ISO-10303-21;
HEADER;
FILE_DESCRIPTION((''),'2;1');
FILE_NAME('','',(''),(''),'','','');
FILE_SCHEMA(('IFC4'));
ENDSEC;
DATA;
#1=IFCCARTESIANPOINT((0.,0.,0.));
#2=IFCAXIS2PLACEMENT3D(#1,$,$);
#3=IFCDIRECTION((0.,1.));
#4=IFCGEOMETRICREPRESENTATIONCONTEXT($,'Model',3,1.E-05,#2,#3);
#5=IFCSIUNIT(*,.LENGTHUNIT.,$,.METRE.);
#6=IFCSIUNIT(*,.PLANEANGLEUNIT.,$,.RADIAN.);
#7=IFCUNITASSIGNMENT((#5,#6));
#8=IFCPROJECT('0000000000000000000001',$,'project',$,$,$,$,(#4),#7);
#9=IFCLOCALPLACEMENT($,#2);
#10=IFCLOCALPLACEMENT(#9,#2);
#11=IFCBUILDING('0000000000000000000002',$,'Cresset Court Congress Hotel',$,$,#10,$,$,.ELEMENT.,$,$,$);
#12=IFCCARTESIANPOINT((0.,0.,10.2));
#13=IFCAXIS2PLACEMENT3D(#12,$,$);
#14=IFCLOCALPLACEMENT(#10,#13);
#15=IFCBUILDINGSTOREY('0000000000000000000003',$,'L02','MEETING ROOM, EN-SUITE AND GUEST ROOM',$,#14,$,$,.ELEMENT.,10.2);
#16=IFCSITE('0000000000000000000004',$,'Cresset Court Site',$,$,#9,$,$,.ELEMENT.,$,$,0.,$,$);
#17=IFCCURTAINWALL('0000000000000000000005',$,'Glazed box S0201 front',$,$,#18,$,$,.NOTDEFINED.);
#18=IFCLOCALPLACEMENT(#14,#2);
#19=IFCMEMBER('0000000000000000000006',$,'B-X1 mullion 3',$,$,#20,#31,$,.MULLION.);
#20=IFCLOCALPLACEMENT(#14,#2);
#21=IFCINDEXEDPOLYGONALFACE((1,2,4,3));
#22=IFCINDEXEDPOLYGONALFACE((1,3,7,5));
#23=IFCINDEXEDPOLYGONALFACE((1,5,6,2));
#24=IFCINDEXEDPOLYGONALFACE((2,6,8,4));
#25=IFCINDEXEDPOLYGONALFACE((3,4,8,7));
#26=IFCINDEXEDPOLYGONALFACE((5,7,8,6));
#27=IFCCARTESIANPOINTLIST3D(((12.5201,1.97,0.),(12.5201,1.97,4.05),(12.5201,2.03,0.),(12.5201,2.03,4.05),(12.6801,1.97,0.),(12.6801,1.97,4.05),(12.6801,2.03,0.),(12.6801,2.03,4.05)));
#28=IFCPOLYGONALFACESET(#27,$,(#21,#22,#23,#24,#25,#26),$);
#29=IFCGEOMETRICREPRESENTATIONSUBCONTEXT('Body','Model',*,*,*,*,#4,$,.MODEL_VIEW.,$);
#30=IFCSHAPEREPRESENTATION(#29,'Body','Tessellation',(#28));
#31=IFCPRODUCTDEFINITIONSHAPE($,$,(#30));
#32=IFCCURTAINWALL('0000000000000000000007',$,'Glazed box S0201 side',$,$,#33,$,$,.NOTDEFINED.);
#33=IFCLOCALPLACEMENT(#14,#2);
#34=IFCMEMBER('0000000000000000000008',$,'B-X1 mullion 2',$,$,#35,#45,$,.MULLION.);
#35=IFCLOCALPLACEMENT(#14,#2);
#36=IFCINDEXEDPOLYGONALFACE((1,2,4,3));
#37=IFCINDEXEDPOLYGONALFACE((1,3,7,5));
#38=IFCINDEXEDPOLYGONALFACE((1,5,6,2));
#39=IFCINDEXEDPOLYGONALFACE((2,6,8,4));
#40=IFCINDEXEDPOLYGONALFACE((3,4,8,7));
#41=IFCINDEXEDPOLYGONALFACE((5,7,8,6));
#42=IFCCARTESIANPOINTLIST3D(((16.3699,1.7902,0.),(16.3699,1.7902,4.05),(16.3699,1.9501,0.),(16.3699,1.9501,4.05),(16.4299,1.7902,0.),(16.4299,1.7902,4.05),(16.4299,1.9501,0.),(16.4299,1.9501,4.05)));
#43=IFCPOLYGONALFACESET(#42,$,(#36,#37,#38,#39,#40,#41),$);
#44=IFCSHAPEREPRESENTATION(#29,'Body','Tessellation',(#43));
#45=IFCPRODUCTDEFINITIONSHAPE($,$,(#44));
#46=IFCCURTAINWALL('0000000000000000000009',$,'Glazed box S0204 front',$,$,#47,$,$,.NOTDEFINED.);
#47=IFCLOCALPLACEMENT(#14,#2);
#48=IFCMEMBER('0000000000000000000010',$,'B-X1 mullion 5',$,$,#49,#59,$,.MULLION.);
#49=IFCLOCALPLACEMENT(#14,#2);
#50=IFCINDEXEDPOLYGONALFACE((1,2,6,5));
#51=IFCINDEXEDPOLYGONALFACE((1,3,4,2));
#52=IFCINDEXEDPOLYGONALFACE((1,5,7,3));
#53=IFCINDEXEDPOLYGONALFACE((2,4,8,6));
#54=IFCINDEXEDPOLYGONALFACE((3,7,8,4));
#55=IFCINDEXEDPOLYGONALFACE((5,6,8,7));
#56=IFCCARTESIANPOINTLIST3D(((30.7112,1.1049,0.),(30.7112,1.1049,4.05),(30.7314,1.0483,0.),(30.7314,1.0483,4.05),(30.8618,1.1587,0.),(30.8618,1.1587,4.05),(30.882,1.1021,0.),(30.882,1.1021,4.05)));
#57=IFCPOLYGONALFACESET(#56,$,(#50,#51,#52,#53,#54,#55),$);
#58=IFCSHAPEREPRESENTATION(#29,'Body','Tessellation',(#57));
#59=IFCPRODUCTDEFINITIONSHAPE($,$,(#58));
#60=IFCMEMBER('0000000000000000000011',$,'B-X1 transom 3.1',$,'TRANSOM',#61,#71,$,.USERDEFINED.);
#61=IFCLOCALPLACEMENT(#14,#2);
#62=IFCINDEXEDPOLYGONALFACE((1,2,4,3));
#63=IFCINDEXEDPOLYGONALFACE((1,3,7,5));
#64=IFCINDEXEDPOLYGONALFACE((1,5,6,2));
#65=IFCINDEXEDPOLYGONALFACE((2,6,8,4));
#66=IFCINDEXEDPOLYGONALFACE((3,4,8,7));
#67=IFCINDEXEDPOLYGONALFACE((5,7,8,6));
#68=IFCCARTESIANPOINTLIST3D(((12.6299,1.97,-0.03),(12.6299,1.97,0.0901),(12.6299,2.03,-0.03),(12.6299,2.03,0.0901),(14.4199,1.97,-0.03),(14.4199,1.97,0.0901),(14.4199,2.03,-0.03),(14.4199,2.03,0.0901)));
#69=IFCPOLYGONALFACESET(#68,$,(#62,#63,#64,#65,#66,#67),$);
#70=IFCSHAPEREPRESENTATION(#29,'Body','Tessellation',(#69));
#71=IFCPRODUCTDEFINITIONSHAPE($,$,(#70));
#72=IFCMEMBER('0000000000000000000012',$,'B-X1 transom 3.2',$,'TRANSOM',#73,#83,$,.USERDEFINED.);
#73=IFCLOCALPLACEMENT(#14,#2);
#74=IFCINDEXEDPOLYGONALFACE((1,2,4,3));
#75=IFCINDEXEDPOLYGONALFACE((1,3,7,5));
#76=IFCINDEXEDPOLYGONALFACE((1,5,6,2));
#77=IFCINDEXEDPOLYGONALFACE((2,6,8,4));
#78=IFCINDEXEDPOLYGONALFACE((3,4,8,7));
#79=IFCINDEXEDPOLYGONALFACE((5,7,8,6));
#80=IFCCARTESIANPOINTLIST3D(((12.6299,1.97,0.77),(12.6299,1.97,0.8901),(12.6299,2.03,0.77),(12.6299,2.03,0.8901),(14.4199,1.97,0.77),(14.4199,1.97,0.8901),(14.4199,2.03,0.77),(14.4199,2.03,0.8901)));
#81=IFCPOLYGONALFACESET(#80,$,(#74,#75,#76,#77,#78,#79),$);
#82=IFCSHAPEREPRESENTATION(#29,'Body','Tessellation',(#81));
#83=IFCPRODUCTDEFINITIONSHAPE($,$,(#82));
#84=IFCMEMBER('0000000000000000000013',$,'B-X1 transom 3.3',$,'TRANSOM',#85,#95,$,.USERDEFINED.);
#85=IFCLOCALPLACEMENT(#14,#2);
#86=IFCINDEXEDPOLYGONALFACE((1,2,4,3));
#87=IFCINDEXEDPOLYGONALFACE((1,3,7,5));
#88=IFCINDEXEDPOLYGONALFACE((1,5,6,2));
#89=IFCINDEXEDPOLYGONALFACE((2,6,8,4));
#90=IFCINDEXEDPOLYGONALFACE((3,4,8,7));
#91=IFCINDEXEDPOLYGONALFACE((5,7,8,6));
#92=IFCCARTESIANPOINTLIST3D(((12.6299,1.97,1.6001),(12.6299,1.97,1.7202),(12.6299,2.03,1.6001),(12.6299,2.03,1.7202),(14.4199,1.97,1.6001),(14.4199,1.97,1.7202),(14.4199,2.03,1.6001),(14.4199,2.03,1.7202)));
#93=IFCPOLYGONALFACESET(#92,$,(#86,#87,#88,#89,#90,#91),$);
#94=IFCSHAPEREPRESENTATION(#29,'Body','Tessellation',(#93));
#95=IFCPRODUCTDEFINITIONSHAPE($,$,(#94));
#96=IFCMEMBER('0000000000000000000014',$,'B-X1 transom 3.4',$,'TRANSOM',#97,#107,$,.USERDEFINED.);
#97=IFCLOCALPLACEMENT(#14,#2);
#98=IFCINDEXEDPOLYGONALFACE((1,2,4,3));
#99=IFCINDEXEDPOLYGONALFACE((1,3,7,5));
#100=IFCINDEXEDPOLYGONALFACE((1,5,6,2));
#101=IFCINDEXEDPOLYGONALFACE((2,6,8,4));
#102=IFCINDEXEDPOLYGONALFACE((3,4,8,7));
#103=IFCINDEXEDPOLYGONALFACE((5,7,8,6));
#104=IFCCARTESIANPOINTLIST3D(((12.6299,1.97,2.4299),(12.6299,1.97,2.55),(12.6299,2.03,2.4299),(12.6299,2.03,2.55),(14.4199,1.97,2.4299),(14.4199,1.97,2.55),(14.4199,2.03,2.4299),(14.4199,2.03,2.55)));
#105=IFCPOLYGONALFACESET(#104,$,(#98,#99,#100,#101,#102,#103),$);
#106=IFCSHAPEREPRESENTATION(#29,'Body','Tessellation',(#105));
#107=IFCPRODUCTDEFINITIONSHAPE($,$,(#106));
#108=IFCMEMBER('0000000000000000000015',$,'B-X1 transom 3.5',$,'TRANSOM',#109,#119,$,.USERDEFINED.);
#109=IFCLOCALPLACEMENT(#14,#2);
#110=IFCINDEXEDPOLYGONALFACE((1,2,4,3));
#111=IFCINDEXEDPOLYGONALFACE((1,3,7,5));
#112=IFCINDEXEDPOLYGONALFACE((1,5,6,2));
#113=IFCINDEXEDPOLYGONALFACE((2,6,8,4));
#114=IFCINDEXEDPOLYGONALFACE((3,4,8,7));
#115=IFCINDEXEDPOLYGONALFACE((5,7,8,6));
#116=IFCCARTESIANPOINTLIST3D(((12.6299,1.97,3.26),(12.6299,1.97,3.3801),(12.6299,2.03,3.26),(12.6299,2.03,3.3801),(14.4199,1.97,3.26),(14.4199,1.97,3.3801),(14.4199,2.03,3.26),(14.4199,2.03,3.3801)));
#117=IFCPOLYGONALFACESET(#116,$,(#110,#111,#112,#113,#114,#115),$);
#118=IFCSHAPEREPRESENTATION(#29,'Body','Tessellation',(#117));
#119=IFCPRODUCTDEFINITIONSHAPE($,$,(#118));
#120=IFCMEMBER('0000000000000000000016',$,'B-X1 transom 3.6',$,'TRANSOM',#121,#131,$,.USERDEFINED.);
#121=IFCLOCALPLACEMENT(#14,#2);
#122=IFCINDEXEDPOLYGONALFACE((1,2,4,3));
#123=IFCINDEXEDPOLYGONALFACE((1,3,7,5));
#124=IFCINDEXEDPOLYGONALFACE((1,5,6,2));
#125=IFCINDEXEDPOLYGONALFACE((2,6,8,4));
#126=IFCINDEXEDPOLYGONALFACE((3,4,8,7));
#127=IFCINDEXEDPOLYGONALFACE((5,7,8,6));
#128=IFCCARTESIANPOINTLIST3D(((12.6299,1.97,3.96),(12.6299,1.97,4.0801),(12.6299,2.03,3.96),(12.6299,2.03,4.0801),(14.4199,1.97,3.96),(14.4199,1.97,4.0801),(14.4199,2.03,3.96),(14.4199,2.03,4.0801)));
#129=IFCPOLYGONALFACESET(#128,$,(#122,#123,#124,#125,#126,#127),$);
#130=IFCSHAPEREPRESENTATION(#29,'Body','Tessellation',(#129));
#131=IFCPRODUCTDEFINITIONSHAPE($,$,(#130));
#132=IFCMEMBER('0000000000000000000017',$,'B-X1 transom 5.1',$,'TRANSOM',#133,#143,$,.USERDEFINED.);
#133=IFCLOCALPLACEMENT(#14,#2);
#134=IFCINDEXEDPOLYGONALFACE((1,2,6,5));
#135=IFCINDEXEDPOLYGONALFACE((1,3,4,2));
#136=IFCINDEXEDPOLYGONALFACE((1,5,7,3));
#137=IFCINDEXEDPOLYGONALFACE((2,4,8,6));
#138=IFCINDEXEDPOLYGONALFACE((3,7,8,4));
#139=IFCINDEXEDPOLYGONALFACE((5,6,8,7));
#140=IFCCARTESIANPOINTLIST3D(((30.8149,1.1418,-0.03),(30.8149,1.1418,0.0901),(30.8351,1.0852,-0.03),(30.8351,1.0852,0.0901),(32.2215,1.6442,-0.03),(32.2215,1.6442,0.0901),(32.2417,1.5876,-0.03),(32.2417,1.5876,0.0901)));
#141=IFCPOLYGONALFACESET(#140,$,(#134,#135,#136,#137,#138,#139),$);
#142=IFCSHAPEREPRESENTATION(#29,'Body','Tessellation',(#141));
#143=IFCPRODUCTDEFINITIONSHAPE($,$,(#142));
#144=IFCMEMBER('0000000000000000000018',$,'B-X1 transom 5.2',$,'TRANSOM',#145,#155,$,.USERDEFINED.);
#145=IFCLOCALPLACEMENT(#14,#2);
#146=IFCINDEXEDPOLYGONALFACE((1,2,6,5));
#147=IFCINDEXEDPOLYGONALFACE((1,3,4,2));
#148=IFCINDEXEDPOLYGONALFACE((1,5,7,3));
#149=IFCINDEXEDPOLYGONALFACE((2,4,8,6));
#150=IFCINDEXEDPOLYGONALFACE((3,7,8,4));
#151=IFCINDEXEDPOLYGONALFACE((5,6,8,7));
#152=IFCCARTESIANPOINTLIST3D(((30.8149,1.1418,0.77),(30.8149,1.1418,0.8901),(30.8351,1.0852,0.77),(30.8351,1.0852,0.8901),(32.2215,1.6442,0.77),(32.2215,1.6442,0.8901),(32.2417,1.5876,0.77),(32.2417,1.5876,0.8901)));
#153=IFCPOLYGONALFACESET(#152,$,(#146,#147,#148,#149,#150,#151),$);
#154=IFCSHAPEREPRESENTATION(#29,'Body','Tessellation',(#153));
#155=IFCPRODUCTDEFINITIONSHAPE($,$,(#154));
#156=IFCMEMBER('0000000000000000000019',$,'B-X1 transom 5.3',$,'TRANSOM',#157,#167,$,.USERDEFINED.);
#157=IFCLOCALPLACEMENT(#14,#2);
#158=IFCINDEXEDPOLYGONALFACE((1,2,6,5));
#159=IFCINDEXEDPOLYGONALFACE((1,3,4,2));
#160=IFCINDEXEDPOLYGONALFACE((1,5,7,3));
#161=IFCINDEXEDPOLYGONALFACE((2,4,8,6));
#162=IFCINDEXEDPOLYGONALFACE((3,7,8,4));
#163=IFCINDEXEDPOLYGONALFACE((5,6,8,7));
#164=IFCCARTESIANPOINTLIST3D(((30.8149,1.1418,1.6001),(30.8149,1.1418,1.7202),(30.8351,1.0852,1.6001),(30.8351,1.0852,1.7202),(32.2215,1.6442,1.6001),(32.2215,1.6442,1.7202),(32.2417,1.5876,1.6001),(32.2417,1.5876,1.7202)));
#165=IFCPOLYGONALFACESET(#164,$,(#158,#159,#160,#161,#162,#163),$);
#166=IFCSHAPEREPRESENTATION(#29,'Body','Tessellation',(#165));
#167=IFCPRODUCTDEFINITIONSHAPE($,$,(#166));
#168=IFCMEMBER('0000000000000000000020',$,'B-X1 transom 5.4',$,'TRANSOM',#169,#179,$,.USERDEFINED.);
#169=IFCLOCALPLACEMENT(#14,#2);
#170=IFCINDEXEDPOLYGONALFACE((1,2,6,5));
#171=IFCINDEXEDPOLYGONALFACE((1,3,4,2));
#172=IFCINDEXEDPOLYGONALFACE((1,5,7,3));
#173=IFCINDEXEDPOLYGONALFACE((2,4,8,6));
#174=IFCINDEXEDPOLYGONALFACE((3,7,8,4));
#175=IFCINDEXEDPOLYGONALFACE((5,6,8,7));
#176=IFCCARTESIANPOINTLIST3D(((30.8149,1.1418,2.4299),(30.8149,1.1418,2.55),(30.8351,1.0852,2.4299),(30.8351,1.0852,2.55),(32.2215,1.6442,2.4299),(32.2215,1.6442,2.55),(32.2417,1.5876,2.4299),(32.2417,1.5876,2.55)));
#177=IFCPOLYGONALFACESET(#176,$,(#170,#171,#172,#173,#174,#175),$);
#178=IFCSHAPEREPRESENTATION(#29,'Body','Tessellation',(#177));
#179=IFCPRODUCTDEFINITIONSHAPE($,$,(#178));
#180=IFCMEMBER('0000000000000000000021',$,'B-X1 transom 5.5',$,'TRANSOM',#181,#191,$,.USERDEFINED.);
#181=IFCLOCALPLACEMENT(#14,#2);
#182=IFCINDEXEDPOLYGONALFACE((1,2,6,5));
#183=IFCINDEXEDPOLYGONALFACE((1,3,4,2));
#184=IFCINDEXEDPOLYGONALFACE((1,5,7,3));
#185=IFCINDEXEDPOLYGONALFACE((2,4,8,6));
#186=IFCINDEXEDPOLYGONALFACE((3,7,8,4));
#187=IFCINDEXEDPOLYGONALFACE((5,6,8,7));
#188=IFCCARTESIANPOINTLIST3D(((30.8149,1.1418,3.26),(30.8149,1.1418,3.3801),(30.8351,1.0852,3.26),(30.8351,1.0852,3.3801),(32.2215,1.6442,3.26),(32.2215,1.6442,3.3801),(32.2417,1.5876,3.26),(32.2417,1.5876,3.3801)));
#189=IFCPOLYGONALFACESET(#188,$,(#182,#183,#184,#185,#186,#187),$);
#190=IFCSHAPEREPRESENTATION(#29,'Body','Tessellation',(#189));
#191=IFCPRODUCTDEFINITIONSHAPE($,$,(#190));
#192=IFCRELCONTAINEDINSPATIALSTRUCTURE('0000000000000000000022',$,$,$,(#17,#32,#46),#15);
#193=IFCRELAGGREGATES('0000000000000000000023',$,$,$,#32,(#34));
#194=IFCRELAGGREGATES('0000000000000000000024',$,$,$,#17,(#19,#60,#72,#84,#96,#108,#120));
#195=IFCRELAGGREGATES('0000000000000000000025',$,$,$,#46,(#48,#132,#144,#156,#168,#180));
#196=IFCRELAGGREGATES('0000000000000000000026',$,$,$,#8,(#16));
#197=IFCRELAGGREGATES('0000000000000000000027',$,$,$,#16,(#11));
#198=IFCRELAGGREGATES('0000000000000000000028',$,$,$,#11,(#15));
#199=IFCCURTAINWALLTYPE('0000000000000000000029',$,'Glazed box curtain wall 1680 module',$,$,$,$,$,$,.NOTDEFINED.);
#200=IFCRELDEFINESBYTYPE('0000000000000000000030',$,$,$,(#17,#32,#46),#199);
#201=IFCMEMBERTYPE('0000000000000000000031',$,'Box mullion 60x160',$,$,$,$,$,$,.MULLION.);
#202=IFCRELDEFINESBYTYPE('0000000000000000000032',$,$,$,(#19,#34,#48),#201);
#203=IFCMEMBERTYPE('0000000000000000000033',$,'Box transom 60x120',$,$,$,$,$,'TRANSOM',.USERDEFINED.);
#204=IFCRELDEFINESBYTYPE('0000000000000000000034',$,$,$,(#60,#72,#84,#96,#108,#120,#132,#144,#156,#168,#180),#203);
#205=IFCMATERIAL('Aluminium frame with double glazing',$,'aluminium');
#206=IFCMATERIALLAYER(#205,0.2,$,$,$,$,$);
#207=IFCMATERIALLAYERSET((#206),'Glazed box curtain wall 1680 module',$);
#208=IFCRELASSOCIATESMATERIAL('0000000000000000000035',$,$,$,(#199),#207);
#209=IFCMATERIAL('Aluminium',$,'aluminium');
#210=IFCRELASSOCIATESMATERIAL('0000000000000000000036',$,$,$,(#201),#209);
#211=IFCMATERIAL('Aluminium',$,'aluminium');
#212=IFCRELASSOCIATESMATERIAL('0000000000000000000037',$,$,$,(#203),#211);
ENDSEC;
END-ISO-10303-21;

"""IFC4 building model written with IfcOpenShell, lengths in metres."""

from ifc_helpers import new_model, si_unit, direction, frame, origin, origin_2d, place, context, subcontext, project, spatial, rectangle, extrude, material, layer, layer_set, material_profile, profile_set, type_object, element, aggregate, save


model = new_model("IFC4")

# Units and contexts
model_context = context("Model", 3, precision=1e-05, world=origin(), true_north=direction((0.0, 1.0)))
body_context = subcontext(model_context, "Body", "Model", "MODEL_VIEW")
ifc_project = project(units=[si_unit("LENGTHUNIT", "METRE"), si_unit("PLANEANGLEUNIT", "RADIAN")], contexts=[model_context])

# Site, building, storey
site_placement = place(None, origin())
site = spatial("IfcSite", under=ifc_project, at=site_placement, Name="Cresset Court Site", CompositionType="ELEMENT", RefElevation=0.0)
building_placement = place(site_placement, origin())
building = spatial("IfcBuilding", under=site, at=building_placement, Name="Cresset Court Congress Hotel", CompositionType="ELEMENT")
storey_placement = place(building_placement, frame((0.0, 0.0, 10.2)))
storey = spatial("IfcBuildingStorey", under=building, at=storey_placement, Name="L02", Description="MEETING ROOM, EN-SUITE AND GUEST ROOM", CompositionType="ELEMENT", Elevation=10.2)

# Curtain walls, members
ifc_material_1 = material(Name="Aluminium frame with double glazing", Category="aluminium")
ifc_layer_1 = layer(ifc_material_1, 0.2)
ifc_layer_set_1 = layer_set([ifc_layer_1], Name="Glazed box curtain wall 1680 module")
curtain_wall_type = type_object("IfcCurtainWallType", Name="Glazed box curtain wall 1680 module", PredefinedType="NOTDEFINED", material=ifc_layer_set_1)
curtain_wall_1_placement = place(storey_placement, origin())
curtain_wall_1 = element("IfcCurtainWall", 1, at=curtain_wall_1_placement, inside=storey, type_object=curtain_wall_type, Name="Glazed box S0201 front", PredefinedType="NOTDEFINED")
ifc_material_2 = material(Name="Aluminium", Category="aluminium")
ifc_material_profile_1 = material_profile(ifc_material_2, rectangle(XDim=0.0601, YDim=0.1599, at=origin_2d()), Name="Box mullion 60x160")
ifc_profile_set_1 = profile_set([ifc_material_profile_1], Name="Aluminium")
member_type_1 = type_object("IfcMemberType", Name="Box mullion 60x160", PredefinedType="MULLION", material=ifc_profile_set_1)
member_1_placement = place(storey_placement, frame((12.6001, 2.0, 0.0), z_axis=(0.0, 0.0, 1.0), x_axis=(0.0, 1.0, 0.0)))
member_1 = element("IfcMember", 2, at=member_1_placement, type_object=member_type_1, Name="B-X1 mullion 3", PredefinedType="MULLION", context=body_context, shape_type="SweptSolid", body=[
    extrude(rectangle(XDim=0.0601, YDim=0.1599, at=origin_2d()), origin(), (0.0, 0.0, 1.0), 4.05),
])
curtain_wall_2_placement = place(storey_placement, origin())
curtain_wall_2 = element("IfcCurtainWall", 3, at=curtain_wall_2_placement, inside=storey, type_object=curtain_wall_type, Name="Glazed box S0201 side", PredefinedType="NOTDEFINED")
member_2_placement = place(storey_placement, frame((16.3999, 1.8701, 0.0), z_axis=(0.0, 0.0, 1.0), x_axis=(-1.0, 0.0, 0.0)))
member_2 = element("IfcMember", 4, at=member_2_placement, type_object=member_type_1, Name="B-X1 mullion 2", PredefinedType="MULLION", context=body_context, shape_type="SweptSolid", body=[
    extrude(rectangle(XDim=0.0601, YDim=0.1599, at=origin_2d()), origin(), (0.0, 0.0, 1.0), 4.05),
])
aggregate(curtain_wall_2, [member_2])
curtain_wall_3_placement = place(storey_placement, origin())
curtain_wall_3 = element("IfcCurtainWall", 5, at=curtain_wall_3_placement, inside=storey, type_object=curtain_wall_type, Name="Glazed box S0204 front", PredefinedType="NOTDEFINED")
member_3_placement = place(storey_placement, frame((30.7966, 1.1035, 0.0), z_axis=(0.0, 0.0, 1.0), x_axis=(-0.336336, 0.941742, 0.0)))
member_3 = element("IfcMember", 6, at=member_3_placement, type_object=member_type_1, Name="B-X1 mullion 5", PredefinedType="MULLION", context=body_context, shape_type="SweptSolid", body=[
    extrude(rectangle(XDim=0.0601, YDim=0.1599, at=origin_2d()), origin(), (0.0, 0.0, 1.0), 4.05),
])

# Members
ifc_material_3 = material(Name="Aluminium", Category="aluminium")
ifc_material_profile_2 = material_profile(ifc_material_3, rectangle(XDim=0.0601, YDim=0.1201, at=origin_2d()), Name="Box transom 60x120")
ifc_profile_set_2 = profile_set([ifc_material_profile_2], Name="Aluminium")
member_type_2 = type_object("IfcMemberType", Name="Box transom 60x120", ElementType="TRANSOM", PredefinedType="USERDEFINED", material=ifc_profile_set_2)
member_4_placement = place(storey_placement, frame((12.6299, 2.0, 0.03), z_axis=(1.0, 0.0, 0.0), x_axis=(0.0, 1.0, 0.0)))
member_4 = element("IfcMember", 7, at=member_4_placement, type_object=member_type_2, Name="B-X1 transom 3.1", ObjectType="TRANSOM", PredefinedType="USERDEFINED", context=body_context, shape_type="SweptSolid", body=[
    extrude(rectangle(XDim=0.0601, YDim=0.1201, at=origin_2d()), origin(), (0.0, 0.0, 1.0), 1.79),
])
member_5_placement = place(storey_placement, frame((12.6299, 2.0, 0.8301), z_axis=(1.0, 0.0, 0.0), x_axis=(0.0, 1.0, 0.0)))
member_5 = element("IfcMember", 8, at=member_5_placement, type_object=member_type_2, Name="B-X1 transom 3.2", ObjectType="TRANSOM", PredefinedType="USERDEFINED", context=body_context, shape_type="SweptSolid", body=[
    extrude(rectangle(XDim=0.0601, YDim=0.1201, at=origin_2d()), origin(), (0.0, 0.0, 1.0), 1.79),
])
member_6_placement = place(storey_placement, frame((12.6299, 2.0, 1.6602), z_axis=(1.0, 0.0, 0.0), x_axis=(0.0, 1.0, 0.0)))
member_6 = element("IfcMember", 9, at=member_6_placement, type_object=member_type_2, Name="B-X1 transom 3.3", ObjectType="TRANSOM", PredefinedType="USERDEFINED", context=body_context, shape_type="SweptSolid", body=[
    extrude(rectangle(XDim=0.0601, YDim=0.1201, at=origin_2d()), origin(), (0.0, 0.0, 1.0), 1.79),
])
member_7_placement = place(storey_placement, frame((12.6299, 2.0, 2.49), z_axis=(1.0, 0.0, 0.0), x_axis=(0.0, 1.0, 0.0)))
member_7 = element("IfcMember", 10, at=member_7_placement, type_object=member_type_2, Name="B-X1 transom 3.4", ObjectType="TRANSOM", PredefinedType="USERDEFINED", context=body_context, shape_type="SweptSolid", body=[
    extrude(rectangle(XDim=0.0601, YDim=0.1201, at=origin_2d()), origin(), (0.0, 0.0, 1.0), 1.79),
])
member_8_placement = place(storey_placement, frame((12.6299, 2.0, 3.3201), z_axis=(1.0, 0.0, 0.0), x_axis=(0.0, 1.0, 0.0)))
member_8 = element("IfcMember", 11, at=member_8_placement, type_object=member_type_2, Name="B-X1 transom 3.5", ObjectType="TRANSOM", PredefinedType="USERDEFINED", context=body_context, shape_type="SweptSolid", body=[
    extrude(rectangle(XDim=0.0601, YDim=0.1201, at=origin_2d()), origin(), (0.0, 0.0, 1.0), 1.79),
])
member_9_placement = place(storey_placement, frame((12.6299, 2.0, 4.02), z_axis=(1.0, 0.0, 0.0), x_axis=(0.0, 1.0, 0.0)))
member_9 = element("IfcMember", 12, at=member_9_placement, type_object=member_type_2, Name="B-X1 transom 3.6", ObjectType="TRANSOM", PredefinedType="USERDEFINED", context=body_context, shape_type="SweptSolid", body=[
    extrude(rectangle(XDim=0.0601, YDim=0.1201, at=origin_2d()), origin(), (0.0, 0.0, 1.0), 1.79),
])
member_10_placement = place(storey_placement, frame((30.825, 1.1135, 0.03), z_axis=(0.941735, 0.336357, 0.0), x_axis=(-0.336357, 0.941735, 0.0)))
member_10 = element("IfcMember", 13, at=member_10_placement, type_object=member_type_2, Name="B-X1 transom 5.1", ObjectType="TRANSOM", PredefinedType="USERDEFINED", context=body_context, shape_type="SweptSolid", body=[
    extrude(rectangle(XDim=0.0601, YDim=0.1201, at=origin_2d()), origin(), (0.0, 0.0, 1.0), 1.4937),
])
member_11_placement = place(storey_placement, frame((30.825, 1.1135, 0.8301), z_axis=(0.941735, 0.336357, 0.0), x_axis=(-0.336357, 0.941735, 0.0)))
member_11 = element("IfcMember", 14, at=member_11_placement, type_object=member_type_2, Name="B-X1 transom 5.2", ObjectType="TRANSOM", PredefinedType="USERDEFINED", context=body_context, shape_type="SweptSolid", body=[
    extrude(rectangle(XDim=0.0601, YDim=0.1201, at=origin_2d()), origin(), (0.0, 0.0, 1.0), 1.4937),
])
member_12_placement = place(storey_placement, frame((30.825, 1.1135, 1.6602), z_axis=(0.941735, 0.336357, 0.0), x_axis=(-0.336357, 0.941735, 0.0)))
member_12 = element("IfcMember", 15, at=member_12_placement, type_object=member_type_2, Name="B-X1 transom 5.3", ObjectType="TRANSOM", PredefinedType="USERDEFINED", context=body_context, shape_type="SweptSolid", body=[
    extrude(rectangle(XDim=0.0601, YDim=0.1201, at=origin_2d()), origin(), (0.0, 0.0, 1.0), 1.4937),
])
member_13_placement = place(storey_placement, frame((30.825, 1.1135, 2.49), z_axis=(0.941735, 0.336357, 0.0), x_axis=(-0.336357, 0.941735, 0.0)))
member_13 = element("IfcMember", 16, at=member_13_placement, type_object=member_type_2, Name="B-X1 transom 5.4", ObjectType="TRANSOM", PredefinedType="USERDEFINED", context=body_context, shape_type="SweptSolid", body=[
    extrude(rectangle(XDim=0.0601, YDim=0.1201, at=origin_2d()), origin(), (0.0, 0.0, 1.0), 1.4937),
])
member_14_placement = place(storey_placement, frame((30.825, 1.1135, 3.3201), z_axis=(0.941735, 0.336357, 0.0), x_axis=(-0.336357, 0.941735, 0.0)))
member_14 = element("IfcMember", 17, at=member_14_placement, type_object=member_type_2, Name="B-X1 transom 5.5", ObjectType="TRANSOM", PredefinedType="USERDEFINED", context=body_context, shape_type="SweptSolid", body=[
    extrude(rectangle(XDim=0.0601, YDim=0.1201, at=origin_2d()), origin(), (0.0, 0.0, 1.0), 1.4937),
])

aggregate(curtain_wall_1, [member_1, member_4, member_5, member_6, member_7, member_8, member_9])
aggregate(curtain_wall_3, [member_3, member_10, member_11, member_12, member_13, member_14])

save(model, "model.ifc")
